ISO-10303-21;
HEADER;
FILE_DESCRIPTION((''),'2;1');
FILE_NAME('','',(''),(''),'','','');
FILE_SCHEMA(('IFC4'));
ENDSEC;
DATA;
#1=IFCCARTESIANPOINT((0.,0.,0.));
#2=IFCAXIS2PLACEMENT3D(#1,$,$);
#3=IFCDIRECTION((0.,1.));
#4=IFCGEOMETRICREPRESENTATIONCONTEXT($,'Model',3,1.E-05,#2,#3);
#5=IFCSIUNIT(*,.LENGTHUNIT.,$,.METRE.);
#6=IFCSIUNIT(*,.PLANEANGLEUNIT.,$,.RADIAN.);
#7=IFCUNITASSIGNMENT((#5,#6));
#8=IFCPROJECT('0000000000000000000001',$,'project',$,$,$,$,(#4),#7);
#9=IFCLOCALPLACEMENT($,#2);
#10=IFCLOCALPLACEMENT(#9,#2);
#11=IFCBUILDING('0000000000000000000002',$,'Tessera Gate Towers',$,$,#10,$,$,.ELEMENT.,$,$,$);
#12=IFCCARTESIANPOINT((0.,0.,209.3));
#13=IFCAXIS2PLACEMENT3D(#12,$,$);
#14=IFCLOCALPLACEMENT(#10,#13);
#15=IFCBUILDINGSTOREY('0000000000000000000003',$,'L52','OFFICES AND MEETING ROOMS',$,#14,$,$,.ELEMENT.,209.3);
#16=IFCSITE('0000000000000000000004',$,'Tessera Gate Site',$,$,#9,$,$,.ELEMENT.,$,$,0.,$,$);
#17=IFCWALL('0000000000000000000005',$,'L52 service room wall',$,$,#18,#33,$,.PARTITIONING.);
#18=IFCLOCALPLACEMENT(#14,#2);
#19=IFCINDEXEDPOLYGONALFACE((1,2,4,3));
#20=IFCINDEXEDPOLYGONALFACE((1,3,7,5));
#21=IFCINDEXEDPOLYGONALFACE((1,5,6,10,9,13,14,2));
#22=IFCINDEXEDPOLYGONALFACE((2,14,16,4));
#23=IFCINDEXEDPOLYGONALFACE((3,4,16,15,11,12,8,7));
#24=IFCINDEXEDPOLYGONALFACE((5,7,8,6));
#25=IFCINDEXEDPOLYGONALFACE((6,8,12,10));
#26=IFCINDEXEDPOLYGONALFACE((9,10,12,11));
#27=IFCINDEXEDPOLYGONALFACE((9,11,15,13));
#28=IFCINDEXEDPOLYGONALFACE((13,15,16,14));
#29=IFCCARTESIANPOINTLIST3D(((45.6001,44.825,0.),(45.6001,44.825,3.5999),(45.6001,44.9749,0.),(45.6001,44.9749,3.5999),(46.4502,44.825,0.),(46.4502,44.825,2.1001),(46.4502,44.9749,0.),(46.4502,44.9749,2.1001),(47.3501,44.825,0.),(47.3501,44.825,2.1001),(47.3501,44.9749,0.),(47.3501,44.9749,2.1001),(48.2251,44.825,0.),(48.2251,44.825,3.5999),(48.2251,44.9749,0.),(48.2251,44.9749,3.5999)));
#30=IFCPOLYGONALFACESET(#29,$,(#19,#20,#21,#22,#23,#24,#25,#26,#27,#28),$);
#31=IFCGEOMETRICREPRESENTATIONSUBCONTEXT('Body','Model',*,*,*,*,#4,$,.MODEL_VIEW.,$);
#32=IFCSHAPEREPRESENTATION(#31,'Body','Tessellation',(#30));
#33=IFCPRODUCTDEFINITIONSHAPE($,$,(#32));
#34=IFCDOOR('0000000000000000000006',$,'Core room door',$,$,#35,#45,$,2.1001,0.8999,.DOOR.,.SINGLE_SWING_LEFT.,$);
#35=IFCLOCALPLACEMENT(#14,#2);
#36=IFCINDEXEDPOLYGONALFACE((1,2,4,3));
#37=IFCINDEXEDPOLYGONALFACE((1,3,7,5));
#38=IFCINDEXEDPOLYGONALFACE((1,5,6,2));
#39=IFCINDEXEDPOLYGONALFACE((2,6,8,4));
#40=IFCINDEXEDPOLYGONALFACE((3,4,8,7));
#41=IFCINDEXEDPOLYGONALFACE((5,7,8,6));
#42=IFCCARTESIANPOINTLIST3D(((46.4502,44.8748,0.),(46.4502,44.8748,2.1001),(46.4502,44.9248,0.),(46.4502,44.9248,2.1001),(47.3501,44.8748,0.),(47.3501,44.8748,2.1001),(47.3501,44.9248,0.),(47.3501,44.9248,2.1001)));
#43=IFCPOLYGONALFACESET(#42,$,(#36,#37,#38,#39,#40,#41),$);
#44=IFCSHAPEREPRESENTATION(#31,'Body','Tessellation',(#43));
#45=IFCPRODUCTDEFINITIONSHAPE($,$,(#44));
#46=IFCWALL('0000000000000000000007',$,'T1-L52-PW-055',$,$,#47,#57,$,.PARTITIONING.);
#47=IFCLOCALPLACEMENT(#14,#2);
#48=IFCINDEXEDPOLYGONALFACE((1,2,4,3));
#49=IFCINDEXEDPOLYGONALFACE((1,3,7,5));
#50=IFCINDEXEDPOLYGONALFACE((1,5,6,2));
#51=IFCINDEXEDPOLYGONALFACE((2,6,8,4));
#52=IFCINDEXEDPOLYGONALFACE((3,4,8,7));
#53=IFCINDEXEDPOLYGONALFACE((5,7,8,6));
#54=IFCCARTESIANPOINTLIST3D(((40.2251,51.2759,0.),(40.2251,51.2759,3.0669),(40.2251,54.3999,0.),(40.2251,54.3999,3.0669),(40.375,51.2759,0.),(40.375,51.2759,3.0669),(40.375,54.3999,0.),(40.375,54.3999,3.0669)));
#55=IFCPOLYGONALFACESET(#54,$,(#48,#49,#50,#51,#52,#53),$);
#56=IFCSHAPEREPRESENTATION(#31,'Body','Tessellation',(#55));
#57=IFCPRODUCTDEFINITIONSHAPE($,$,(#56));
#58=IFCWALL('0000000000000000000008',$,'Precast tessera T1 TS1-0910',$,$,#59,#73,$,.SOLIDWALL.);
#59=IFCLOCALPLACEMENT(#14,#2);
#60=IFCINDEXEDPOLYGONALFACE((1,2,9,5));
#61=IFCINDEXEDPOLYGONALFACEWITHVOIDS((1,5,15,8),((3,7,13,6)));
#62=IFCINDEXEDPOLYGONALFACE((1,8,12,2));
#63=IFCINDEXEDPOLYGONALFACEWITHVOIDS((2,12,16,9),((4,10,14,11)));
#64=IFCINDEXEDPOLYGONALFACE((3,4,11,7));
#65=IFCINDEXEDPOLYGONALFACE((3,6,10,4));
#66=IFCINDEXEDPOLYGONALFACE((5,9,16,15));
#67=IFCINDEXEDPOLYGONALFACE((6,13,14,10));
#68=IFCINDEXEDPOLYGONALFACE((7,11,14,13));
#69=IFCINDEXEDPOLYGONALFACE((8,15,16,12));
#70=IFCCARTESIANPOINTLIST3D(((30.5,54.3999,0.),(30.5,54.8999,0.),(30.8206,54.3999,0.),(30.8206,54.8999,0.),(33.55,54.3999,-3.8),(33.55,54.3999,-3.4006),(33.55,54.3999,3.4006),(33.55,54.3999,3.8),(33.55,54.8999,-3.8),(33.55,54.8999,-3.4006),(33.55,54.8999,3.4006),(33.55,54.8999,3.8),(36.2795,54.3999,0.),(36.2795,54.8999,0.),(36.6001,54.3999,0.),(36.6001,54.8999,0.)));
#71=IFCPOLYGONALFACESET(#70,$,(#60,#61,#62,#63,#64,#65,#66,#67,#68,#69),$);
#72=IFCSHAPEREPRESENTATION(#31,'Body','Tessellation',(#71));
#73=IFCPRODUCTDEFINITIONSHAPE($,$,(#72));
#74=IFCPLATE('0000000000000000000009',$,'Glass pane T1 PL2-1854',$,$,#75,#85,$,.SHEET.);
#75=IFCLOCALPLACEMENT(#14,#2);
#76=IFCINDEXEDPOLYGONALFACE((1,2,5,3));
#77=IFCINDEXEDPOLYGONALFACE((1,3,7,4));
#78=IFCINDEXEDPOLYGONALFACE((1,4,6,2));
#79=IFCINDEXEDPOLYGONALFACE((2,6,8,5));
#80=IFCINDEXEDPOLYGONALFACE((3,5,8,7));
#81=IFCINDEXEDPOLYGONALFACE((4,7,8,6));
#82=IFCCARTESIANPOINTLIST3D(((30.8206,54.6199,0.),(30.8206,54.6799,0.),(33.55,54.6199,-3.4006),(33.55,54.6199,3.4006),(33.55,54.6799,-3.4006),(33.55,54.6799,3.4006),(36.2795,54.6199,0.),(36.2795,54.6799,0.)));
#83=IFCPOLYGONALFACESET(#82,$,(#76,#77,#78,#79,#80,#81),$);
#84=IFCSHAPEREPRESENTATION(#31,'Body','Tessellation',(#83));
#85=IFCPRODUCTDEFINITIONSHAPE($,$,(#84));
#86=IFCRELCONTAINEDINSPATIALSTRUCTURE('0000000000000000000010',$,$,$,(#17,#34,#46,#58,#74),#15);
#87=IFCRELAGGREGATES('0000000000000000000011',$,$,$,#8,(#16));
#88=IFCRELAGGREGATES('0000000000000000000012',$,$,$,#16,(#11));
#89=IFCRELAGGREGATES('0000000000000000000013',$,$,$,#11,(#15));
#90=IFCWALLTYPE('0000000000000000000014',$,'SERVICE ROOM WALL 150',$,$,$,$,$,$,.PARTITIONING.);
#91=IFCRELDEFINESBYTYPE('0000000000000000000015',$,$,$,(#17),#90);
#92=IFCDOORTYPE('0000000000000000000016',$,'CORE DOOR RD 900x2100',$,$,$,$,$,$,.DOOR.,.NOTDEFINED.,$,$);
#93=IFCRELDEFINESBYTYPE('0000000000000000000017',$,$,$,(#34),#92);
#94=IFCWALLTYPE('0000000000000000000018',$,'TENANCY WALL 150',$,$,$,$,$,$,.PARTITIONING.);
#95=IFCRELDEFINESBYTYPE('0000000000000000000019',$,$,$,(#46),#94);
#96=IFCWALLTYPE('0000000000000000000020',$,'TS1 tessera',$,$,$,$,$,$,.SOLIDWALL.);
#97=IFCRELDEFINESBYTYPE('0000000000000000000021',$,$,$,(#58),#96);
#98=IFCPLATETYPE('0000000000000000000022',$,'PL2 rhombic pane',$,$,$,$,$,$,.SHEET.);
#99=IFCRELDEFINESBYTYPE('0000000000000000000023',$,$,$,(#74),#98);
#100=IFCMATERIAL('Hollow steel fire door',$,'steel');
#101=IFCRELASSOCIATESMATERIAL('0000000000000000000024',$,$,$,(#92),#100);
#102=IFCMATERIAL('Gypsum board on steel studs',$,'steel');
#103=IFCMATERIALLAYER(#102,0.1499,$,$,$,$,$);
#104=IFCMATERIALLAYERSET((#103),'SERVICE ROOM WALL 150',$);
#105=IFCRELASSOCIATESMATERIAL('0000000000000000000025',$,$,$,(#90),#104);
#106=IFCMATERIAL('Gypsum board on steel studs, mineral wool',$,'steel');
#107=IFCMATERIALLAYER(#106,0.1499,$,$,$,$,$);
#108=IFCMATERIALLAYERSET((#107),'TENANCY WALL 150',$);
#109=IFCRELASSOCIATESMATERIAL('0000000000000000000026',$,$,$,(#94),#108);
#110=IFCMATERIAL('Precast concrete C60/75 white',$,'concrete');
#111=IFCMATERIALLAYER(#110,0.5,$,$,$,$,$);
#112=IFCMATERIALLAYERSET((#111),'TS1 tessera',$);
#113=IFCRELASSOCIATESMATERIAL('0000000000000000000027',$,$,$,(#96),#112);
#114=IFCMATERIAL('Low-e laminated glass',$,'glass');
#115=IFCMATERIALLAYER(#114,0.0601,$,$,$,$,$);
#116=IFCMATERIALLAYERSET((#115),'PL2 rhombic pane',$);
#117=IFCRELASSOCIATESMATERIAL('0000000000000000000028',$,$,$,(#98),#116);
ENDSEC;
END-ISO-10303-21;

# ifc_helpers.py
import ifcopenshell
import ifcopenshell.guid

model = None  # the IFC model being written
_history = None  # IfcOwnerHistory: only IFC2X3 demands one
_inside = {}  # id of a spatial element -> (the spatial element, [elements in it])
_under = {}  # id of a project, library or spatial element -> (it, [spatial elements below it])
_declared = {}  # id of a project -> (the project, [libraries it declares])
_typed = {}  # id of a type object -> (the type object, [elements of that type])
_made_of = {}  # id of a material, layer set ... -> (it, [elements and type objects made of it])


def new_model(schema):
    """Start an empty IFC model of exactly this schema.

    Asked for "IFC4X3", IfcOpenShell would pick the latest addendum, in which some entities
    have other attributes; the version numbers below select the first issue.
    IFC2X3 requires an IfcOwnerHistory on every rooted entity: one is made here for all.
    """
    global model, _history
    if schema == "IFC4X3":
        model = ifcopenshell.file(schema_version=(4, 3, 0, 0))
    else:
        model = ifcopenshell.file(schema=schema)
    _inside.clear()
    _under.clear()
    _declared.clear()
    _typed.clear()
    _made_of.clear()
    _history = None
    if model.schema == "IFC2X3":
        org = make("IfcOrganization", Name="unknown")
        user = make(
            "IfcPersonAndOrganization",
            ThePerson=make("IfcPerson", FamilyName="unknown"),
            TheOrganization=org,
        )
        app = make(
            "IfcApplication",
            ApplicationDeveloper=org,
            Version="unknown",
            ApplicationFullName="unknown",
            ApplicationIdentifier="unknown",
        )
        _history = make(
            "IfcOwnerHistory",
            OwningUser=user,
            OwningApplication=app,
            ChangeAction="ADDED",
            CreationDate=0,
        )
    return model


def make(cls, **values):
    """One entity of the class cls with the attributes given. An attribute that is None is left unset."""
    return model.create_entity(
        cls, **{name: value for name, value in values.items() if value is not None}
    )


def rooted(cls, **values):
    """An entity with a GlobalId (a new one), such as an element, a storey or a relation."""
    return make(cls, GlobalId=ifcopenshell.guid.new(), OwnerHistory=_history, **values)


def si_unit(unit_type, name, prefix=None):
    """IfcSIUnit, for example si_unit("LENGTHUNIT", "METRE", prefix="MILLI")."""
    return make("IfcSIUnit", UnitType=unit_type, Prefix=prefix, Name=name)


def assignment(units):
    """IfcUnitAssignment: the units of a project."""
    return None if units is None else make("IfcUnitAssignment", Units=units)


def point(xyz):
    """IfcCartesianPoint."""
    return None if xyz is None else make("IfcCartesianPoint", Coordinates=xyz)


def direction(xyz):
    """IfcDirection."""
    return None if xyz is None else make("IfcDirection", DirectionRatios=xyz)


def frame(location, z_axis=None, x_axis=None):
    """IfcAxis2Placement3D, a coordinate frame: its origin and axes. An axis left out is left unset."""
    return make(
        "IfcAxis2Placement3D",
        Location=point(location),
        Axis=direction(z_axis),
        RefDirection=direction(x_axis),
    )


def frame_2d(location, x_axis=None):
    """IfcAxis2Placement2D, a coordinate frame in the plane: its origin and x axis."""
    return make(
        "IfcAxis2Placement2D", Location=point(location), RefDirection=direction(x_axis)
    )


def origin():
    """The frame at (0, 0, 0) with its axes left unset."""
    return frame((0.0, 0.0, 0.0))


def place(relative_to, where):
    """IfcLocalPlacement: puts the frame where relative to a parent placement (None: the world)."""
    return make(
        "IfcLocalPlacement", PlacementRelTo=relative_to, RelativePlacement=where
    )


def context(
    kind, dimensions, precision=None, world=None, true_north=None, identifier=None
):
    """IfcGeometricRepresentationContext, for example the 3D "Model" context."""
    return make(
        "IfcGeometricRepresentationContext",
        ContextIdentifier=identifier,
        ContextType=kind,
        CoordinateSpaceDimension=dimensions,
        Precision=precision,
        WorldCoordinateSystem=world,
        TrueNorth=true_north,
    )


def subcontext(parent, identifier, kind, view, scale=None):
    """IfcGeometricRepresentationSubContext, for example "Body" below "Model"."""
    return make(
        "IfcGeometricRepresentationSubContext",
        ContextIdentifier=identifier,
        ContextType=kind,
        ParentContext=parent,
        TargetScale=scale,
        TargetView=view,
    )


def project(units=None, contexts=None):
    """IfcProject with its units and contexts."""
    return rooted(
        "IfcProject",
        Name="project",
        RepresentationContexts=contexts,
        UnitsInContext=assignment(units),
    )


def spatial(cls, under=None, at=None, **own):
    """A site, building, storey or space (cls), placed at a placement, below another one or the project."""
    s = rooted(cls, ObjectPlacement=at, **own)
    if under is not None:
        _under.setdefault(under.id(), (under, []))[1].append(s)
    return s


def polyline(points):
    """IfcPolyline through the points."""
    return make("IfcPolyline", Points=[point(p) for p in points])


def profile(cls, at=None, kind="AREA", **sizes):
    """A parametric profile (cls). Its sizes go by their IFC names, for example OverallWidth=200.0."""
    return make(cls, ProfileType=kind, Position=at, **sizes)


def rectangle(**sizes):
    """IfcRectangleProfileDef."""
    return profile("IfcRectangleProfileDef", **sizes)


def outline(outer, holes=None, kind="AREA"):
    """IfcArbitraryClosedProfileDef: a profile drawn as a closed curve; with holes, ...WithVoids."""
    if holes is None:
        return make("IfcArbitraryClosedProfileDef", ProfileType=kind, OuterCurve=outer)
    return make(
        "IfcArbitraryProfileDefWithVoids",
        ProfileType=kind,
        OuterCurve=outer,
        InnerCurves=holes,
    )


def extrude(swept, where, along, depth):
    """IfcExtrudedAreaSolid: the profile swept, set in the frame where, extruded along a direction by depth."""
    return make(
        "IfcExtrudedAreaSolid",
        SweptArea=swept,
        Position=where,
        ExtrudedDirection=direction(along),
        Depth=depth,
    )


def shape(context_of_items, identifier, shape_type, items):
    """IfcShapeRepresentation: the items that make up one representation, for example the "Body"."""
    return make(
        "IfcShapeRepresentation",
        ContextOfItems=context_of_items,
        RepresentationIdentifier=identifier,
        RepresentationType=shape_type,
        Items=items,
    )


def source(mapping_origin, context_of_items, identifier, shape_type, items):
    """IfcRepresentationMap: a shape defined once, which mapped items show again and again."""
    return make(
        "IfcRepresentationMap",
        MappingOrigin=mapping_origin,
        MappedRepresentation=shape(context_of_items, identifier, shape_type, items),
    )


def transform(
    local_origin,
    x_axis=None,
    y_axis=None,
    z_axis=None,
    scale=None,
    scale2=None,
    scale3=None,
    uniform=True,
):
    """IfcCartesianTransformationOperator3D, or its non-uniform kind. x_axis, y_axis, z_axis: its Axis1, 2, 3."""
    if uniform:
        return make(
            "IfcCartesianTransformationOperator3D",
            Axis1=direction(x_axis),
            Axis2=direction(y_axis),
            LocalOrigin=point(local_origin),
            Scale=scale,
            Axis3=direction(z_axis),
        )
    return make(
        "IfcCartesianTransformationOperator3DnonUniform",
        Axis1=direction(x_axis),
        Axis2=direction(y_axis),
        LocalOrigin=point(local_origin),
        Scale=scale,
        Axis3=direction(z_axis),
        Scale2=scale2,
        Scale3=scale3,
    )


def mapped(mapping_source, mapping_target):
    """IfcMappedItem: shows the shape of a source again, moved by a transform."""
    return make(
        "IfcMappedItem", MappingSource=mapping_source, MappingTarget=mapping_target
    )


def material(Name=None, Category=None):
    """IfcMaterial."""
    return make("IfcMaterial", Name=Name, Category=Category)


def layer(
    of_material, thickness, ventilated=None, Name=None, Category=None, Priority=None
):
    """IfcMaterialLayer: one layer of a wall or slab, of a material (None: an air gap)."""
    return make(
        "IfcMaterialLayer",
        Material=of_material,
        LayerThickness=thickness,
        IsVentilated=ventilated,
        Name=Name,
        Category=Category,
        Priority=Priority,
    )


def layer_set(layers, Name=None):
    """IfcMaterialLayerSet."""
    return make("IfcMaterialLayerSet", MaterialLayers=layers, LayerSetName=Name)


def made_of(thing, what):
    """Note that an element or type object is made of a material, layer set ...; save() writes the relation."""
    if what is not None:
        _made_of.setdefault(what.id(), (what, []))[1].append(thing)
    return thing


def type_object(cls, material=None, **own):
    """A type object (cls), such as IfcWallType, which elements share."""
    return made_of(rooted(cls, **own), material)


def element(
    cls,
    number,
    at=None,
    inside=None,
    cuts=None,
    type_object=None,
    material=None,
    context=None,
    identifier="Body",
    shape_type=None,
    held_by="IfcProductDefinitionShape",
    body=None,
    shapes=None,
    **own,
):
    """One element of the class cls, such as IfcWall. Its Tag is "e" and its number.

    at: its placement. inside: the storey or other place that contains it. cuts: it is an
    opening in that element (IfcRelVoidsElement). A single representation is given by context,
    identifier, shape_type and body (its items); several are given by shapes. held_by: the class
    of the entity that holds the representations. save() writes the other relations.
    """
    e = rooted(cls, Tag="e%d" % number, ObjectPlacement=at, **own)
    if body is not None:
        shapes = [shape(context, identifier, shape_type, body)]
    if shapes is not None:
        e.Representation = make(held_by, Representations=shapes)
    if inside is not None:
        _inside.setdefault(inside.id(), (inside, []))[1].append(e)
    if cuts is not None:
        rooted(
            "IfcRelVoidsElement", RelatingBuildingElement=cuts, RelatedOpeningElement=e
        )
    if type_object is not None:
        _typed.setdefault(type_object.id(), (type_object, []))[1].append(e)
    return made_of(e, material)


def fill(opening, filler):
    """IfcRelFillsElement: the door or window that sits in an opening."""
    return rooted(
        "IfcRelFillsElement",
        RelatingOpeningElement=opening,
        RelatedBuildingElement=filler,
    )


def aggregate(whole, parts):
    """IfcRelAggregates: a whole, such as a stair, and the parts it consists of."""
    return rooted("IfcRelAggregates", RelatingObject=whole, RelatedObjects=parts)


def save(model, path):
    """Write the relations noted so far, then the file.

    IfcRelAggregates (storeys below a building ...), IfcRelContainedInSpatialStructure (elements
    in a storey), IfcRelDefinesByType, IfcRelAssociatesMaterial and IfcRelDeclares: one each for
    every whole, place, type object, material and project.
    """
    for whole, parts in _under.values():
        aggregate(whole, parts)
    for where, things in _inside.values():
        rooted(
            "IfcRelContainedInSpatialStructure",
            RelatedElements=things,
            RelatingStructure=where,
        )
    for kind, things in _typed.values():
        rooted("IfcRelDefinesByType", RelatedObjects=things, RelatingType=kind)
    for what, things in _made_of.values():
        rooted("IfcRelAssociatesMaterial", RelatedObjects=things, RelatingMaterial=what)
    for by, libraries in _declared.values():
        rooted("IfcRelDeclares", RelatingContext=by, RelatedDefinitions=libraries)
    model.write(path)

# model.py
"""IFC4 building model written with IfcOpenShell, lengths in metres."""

from ifc_helpers import new_model, si_unit, direction, frame, frame_2d, origin, place, context, subcontext, project, spatial, polyline, rectangle, outline, extrude, source, transform, mapped, material, layer, layer_set, type_object, element, fill, save


model = new_model("IFC4")

# Units and contexts
model_context = context("Model", 3, precision=1e-05, world=origin(), true_north=direction((0.0, 1.0)))
body_context = subcontext(model_context, "Body", "Model", "MODEL_VIEW")
ifc_project = project(units=[si_unit("LENGTHUNIT", "METRE"), si_unit("PLANEANGLEUNIT", "RADIAN")], contexts=[model_context])

# Site, building, storey
site_placement = place(None, origin())
site = spatial("IfcSite", under=ifc_project, at=site_placement, Name="Tessera Gate Site", CompositionType="ELEMENT", RefElevation=0.0)
building_placement = place(site_placement, origin())
building = spatial("IfcBuilding", under=site, at=building_placement, Name="Tessera Gate Towers", CompositionType="ELEMENT")
storey_placement = place(building_placement, frame((0.0, 0.0, 209.3)))
storey = spatial("IfcBuildingStorey", under=building, at=storey_placement, Name="L52", Description="OFFICES AND MEETING ROOMS", CompositionType="ELEMENT", Elevation=209.3)

# Shared definitions
ifc_material_1 = material(Name="Hollow steel fire door", Category="steel")
door_type_1 = type_object("IfcDoorType", Name="CORE DOOR RD 900x2100", OperationType="NOTDEFINED", PredefinedType="DOOR", material=ifc_material_1)
shared_shape_1 = source(origin(), body_context, "Body", "SweptSolid", [
    extrude(rectangle(XDim=0.8999, YDim=2.1001, at=frame_2d((0.45, 1.05))), frame((0.0, 0.0249, 0.0), z_axis=(0.0, -1.0, 0.0), x_axis=(1.0, 0.0, 0.0)), (0.0, 0.0, 1.0), 0.05),
])

# Shared definitions
ifc_material_2 = material(Name="Gypsum board on steel studs", Category="steel")
ifc_layer_1 = layer(ifc_material_2, 0.1499)
ifc_layer_set_1 = layer_set([ifc_layer_1], Name="SERVICE ROOM WALL 150")
wall_type_1 = type_object("IfcWallType", Name="SERVICE ROOM WALL 150", PredefinedType="PARTITIONING", material=ifc_layer_set_1)

# Wall, opening, door
shared_shape_2 = source(origin(), body_context, "Body", "SweptSolid", [
    extrude(rectangle(XDim=0.8999, YDim=2.1001, at=frame_2d((0.45, 1.05))), frame((0.0, 0.085, 0.0), z_axis=(0.0, -1.0, 0.0), x_axis=(1.0, 0.0, 0.0)), (0.0, 0.0, 1.0), 0.1699),
])
wall_1_placement = place(storey_placement, frame((45.6001, 44.8999, 0.0), z_axis=(0.0, 0.0, 1.0), x_axis=(1.0, 0.0, 0.0)))
wall_1 = element("IfcWall", 1, at=wall_1_placement, inside=storey, type_object=wall_type_1, Name="L52 service room wall", PredefinedType="PARTITIONING", context=body_context, shape_type="SweptSolid", body=[
    extrude(rectangle(XDim=2.625, YDim=0.1499, at=frame_2d((1.3125, 0.0))), origin(), (0.0, 0.0, 1.0), 3.5999),
])
opening_1_placement = place(wall_1_placement, frame((0.8501, 0.0, 0.0)))
opening_1 = element("IfcOpeningElement", 2, at=opening_1_placement, cuts=wall_1, PredefinedType="OPENING", context=body_context, shape_type="MappedRepresentation", body=[
    mapped(shared_shape_2, transform((0.0, 0.0, 0.0), scale=1.0)),
])
door_1_placement = place(opening_1_placement, origin())
door_1 = element("IfcDoor", 3, at=door_1_placement, inside=storey, type_object=door_type_1, Name="Core room door", OperationType="SINGLE_SWING_LEFT", OverallHeight=2.1001, OverallWidth=0.8999, PredefinedType="DOOR", context=body_context, shape_type="MappedRepresentation", body=[
    mapped(shared_shape_1, transform((0.0, 0.0, 0.0), scale=1.0)),
])
fill(opening_1, door_1)

# Wall
ifc_material_3 = material(Name="Gypsum board on steel studs, mineral wool", Category="steel")
ifc_layer_2 = layer(ifc_material_3, 0.1499)
ifc_layer_set_2 = layer_set([ifc_layer_2], Name="TENANCY WALL 150")
wall_type_2 = type_object("IfcWallType", Name="TENANCY WALL 150", PredefinedType="PARTITIONING", material=ifc_layer_set_2)
wall_2_placement = place(storey_placement, frame((40.3, 51.2759, 0.0), z_axis=(0.0, 0.0, 1.0), x_axis=(0.0, 1.0, 0.0)))
element("IfcWall", 4, at=wall_2_placement, inside=storey, type_object=wall_type_2, Name="T1-L52-PW-055", PredefinedType="PARTITIONING", context=body_context, shape_type="SweptSolid", body=[
    extrude(rectangle(XDim=3.124, YDim=0.1499, at=frame_2d((1.562, 0.0))), origin(), (0.0, 0.0, 1.0), 3.0669),
])

# Wall, opening, plate
ifc_material_4 = material(Name="Precast concrete C60/75 white", Category="concrete")
ifc_layer_3 = layer(ifc_material_4, 0.5)
ifc_layer_set_3 = layer_set([ifc_layer_3], Name="TS1 tessera")
wall_type_3 = type_object("IfcWallType", Name="TS1 tessera", PredefinedType="SOLIDWALL", material=ifc_layer_set_3)
shared_shape_3 = source(origin(), body_context, "Body", "SweptSolid", [
    extrude(outline(polyline([(3.05, 0.0), (6.1001, 3.8), (3.05, 7.6001), (0.0, 3.8), (3.05, 0.0)])), frame((0.0, 0.25, 0.0), z_axis=(0.0, -1.0, 0.0), x_axis=(1.0, 0.0, 0.0)), (0.0, 0.0, 1.0), 0.5),
])
wall_3_placement = place(storey_placement, frame((36.6001, 54.6499, -3.8), z_axis=(0.0, 0.0, 1.0), x_axis=(-1.0, 0.0, 0.0)))
wall_3 = element("IfcWall", 5, at=wall_3_placement, inside=storey, type_object=wall_type_3, Name="Precast tessera T1 TS1-0910", PredefinedType="SOLIDWALL", context=body_context, shape_type="MappedRepresentation", body=[
    mapped(shared_shape_3, transform((0.0, 0.0, 0.0), scale=1.0)),
])
shared_shape_4 = source(origin(), body_context, "Body", "SweptSolid", [
    extrude(outline(polyline([(3.05, 0.3994), (5.7795, 3.8), (3.05, 7.2007), (0.3206, 3.8), (3.05, 0.3994)])), frame((0.0, 0.26, 0.0), z_axis=(0.0, -1.0, 0.0), x_axis=(1.0, 0.0, 0.0)), (0.0, 0.0, 1.0), 0.52),
])
opening_2_placement = place(wall_3_placement, origin())
opening_2 = element("IfcOpeningElement", 6, at=opening_2_placement, cuts=wall_3, PredefinedType="OPENING", context=body_context, shape_type="MappedRepresentation", body=[
    mapped(shared_shape_4, transform((0.0, 0.0, 0.0), scale=1.0)),
])
ifc_material_5 = material(Name="Low-e laminated glass", Category="glass")
ifc_layer_4 = layer(ifc_material_5, 0.0601)
ifc_layer_set_4 = layer_set([ifc_layer_4], Name="PL2 rhombic pane")
plate_type = type_object("IfcPlateType", Name="PL2 rhombic pane", PredefinedType="SHEET", material=ifc_layer_set_4)
shared_shape_5 = source(origin(), body_context, "Body", "SweptSolid", [
    extrude(outline(polyline([(3.05, 0.3994), (5.7795, 3.8), (3.05, 7.2007), (0.3206, 3.8), (3.05, 0.3994)])), frame((0.0, 0.03, 0.0), z_axis=(0.0, -1.0, 0.0), x_axis=(1.0, 0.0, 0.0)), (0.0, 0.0, 1.0), 0.0601),
])
plate_placement = place(opening_2_placement, origin())
plate = element("IfcPlate", 7, at=plate_placement, inside=storey, type_object=plate_type, Name="Glass pane T1 PL2-1854", PredefinedType="SHEET", context=body_context, shape_type="MappedRepresentation", body=[
    mapped(shared_shape_5, transform((0.0, 0.0, 0.0), scale=1.0)),
])
fill(opening_2, plate)

save(model, "model.ifc")
